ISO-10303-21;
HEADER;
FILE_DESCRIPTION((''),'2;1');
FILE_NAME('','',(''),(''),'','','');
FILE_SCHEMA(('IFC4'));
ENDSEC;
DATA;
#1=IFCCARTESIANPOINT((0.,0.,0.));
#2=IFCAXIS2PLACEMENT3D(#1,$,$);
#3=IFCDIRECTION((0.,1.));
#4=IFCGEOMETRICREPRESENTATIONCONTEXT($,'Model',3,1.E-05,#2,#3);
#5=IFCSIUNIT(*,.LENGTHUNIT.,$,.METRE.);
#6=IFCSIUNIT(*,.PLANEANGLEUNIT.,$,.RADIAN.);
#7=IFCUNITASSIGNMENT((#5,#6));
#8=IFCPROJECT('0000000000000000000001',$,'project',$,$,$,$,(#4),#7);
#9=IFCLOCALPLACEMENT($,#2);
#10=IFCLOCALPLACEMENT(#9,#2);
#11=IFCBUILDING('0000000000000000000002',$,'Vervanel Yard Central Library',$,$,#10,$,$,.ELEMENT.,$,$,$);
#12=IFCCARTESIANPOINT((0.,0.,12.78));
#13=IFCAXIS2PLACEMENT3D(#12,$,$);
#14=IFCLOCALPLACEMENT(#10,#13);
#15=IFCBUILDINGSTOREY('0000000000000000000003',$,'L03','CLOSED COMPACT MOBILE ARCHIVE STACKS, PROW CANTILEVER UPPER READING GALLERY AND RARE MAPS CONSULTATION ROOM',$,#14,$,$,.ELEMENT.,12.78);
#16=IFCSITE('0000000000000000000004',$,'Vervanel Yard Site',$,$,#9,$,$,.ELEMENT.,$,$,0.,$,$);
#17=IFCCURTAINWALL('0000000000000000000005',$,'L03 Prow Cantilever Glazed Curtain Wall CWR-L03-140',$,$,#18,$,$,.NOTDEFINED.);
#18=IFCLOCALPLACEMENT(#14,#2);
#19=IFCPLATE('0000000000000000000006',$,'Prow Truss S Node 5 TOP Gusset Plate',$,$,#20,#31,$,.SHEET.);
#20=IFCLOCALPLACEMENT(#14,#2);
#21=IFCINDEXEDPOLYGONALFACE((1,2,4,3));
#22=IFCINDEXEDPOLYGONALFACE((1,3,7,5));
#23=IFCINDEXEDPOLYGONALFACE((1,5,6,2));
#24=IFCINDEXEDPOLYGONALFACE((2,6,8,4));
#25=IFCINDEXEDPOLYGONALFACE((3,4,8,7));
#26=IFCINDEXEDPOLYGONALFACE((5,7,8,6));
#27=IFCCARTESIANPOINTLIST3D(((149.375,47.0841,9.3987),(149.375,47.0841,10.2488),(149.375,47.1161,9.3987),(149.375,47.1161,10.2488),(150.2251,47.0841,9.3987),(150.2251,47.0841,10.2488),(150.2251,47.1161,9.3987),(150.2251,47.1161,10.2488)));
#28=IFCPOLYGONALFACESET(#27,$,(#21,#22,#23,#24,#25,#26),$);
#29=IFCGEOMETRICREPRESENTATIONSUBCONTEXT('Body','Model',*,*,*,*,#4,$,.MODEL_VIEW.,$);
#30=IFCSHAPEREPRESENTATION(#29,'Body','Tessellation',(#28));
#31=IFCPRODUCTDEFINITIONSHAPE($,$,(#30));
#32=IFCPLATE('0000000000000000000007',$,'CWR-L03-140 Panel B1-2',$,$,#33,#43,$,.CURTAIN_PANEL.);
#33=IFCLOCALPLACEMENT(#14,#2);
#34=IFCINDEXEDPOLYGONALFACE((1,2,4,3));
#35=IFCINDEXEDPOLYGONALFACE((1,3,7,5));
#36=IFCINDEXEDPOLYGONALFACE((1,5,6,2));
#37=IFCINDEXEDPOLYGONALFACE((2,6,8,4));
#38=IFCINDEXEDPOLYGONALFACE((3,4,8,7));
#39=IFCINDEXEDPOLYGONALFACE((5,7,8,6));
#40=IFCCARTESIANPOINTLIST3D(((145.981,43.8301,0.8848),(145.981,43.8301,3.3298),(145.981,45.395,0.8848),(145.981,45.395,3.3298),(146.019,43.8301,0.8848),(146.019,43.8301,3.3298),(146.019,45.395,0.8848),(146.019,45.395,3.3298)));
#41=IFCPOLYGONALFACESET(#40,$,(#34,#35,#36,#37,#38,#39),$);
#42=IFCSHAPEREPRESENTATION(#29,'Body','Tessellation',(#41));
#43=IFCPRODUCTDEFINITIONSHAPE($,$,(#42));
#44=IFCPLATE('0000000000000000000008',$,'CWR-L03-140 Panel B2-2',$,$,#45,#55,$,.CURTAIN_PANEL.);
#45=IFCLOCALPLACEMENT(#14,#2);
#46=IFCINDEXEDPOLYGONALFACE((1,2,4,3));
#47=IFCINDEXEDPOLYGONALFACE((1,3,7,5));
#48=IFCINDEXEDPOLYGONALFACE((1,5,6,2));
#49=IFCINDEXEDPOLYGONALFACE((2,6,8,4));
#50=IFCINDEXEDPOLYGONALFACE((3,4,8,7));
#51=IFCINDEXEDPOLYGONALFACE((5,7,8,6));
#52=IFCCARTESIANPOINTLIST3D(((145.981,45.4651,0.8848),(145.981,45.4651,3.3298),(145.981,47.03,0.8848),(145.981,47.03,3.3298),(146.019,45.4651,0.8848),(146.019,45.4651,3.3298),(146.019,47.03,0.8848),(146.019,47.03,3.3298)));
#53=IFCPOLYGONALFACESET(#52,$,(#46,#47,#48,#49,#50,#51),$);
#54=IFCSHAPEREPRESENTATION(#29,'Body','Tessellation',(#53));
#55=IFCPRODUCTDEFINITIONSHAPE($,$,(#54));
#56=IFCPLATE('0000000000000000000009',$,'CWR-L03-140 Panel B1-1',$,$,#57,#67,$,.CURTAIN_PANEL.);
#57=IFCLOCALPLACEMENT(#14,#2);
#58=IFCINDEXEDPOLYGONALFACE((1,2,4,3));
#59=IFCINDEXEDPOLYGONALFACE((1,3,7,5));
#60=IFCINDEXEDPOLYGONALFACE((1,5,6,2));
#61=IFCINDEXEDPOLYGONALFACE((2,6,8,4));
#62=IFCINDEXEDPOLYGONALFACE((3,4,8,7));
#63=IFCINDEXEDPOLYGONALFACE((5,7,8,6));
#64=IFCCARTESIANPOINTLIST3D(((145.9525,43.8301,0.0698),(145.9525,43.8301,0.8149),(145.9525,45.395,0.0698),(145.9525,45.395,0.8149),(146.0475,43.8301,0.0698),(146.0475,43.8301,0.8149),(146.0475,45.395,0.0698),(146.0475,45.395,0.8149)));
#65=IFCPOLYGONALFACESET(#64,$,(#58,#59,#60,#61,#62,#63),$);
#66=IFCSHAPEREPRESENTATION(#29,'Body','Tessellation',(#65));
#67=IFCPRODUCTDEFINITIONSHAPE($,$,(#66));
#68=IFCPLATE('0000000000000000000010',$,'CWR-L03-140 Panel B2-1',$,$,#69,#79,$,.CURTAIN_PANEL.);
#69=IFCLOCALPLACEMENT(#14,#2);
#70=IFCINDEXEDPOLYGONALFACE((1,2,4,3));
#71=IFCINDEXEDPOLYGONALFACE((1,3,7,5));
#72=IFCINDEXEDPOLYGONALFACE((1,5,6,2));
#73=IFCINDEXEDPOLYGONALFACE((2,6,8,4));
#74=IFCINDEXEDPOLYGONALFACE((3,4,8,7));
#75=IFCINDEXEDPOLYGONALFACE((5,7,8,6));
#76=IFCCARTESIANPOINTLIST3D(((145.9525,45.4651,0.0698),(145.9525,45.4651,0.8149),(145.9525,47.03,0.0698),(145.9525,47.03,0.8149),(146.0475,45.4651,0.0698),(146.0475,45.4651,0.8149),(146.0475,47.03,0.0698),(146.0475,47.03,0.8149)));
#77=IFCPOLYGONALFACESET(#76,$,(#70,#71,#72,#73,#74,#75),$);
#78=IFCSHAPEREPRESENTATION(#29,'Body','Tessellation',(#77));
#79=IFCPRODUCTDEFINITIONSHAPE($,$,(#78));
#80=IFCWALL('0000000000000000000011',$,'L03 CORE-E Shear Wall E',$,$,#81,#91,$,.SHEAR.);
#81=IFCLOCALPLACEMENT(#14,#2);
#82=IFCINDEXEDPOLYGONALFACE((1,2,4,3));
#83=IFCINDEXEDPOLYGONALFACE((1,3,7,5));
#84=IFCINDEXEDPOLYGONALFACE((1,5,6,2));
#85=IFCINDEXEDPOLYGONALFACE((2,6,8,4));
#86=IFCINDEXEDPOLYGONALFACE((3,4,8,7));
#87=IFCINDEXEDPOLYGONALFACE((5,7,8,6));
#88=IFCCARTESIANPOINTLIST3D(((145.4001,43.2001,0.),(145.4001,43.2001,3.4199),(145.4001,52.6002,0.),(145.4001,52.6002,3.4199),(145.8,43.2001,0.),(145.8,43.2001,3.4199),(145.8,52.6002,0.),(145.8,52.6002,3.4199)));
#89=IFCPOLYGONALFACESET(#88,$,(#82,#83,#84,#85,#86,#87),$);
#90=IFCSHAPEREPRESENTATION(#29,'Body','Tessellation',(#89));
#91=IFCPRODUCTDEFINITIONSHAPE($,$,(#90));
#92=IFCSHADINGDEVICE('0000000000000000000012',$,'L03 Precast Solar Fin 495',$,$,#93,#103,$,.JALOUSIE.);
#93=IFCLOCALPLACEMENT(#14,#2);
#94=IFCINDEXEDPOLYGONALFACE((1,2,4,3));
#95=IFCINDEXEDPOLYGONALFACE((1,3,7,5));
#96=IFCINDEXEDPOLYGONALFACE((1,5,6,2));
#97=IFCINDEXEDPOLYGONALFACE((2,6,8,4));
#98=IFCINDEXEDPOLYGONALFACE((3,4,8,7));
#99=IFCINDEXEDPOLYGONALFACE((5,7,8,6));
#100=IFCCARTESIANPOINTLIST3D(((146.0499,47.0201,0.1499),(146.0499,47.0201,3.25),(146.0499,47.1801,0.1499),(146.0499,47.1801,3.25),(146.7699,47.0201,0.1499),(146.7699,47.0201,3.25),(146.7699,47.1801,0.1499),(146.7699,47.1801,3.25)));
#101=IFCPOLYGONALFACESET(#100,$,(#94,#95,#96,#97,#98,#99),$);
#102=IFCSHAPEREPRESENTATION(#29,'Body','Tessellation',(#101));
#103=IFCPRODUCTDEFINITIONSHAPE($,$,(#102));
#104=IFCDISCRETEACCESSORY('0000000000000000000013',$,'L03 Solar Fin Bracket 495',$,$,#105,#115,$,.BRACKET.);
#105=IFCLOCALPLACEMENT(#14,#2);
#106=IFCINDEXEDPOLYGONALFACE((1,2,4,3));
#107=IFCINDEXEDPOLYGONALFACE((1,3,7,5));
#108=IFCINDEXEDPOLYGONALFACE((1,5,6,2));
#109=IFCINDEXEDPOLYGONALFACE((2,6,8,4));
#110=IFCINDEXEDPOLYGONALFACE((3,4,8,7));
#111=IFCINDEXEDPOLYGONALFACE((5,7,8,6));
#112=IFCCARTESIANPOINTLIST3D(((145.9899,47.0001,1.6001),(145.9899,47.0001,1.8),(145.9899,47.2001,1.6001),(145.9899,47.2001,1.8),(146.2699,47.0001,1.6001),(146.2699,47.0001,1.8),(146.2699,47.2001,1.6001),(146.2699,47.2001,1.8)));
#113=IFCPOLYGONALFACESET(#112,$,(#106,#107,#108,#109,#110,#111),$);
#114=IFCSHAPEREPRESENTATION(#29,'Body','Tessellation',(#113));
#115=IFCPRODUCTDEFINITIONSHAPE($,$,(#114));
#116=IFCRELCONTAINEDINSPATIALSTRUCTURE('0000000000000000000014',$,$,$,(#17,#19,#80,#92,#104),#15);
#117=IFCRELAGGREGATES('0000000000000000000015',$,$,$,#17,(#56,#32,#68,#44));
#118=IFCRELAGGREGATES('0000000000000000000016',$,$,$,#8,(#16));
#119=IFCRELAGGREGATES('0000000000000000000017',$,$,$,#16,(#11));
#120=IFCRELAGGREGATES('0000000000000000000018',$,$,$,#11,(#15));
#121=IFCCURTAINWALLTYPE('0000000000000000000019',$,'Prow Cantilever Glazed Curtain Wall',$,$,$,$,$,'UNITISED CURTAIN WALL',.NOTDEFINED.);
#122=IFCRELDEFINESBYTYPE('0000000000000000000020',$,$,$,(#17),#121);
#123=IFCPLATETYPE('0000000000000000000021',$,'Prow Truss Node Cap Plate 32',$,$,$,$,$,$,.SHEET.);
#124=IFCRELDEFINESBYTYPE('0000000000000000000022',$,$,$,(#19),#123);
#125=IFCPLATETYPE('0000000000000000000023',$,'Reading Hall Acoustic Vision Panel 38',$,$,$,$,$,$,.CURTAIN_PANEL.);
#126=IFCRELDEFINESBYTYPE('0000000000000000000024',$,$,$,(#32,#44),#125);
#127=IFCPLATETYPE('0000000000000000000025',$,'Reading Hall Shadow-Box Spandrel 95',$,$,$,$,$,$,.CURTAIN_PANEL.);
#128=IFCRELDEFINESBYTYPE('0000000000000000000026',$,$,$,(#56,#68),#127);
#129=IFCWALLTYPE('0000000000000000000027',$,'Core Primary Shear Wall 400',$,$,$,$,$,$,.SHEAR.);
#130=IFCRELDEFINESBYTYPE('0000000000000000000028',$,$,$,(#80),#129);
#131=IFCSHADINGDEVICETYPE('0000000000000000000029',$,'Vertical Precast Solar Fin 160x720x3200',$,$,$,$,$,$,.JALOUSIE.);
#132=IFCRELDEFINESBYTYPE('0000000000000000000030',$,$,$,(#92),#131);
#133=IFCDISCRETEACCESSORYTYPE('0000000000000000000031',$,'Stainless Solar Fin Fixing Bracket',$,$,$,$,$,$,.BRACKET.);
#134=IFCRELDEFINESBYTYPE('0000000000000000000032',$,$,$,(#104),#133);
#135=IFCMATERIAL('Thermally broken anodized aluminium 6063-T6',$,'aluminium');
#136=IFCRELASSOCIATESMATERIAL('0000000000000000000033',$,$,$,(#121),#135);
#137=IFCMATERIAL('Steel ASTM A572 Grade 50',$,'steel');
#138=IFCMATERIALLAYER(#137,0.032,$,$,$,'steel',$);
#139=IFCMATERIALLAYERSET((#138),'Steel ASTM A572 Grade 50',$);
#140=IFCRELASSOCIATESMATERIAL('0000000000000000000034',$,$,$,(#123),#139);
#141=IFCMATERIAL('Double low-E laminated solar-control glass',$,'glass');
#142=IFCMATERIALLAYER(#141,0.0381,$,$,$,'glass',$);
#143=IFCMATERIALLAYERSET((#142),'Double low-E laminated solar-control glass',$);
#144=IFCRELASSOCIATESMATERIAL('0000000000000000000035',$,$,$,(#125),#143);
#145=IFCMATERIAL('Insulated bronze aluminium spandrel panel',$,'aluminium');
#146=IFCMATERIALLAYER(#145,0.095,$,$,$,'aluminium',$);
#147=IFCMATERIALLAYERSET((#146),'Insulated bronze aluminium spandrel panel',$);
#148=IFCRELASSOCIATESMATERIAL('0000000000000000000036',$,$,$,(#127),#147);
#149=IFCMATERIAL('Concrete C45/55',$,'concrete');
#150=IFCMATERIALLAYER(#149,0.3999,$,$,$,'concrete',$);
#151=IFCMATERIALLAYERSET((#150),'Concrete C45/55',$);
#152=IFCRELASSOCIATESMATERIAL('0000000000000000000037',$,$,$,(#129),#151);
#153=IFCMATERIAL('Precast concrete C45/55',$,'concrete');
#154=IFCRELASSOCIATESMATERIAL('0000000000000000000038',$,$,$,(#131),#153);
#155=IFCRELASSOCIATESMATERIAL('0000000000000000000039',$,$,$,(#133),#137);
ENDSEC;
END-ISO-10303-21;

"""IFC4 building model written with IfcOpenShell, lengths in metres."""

from ifc_helpers import new_model, si_unit, direction, frame, frame_2d, origin, origin_2d, place, context, subcontext, project, spatial, rectangle, extrude, material, layer, layer_set, type_object, element, aggregate, save


model = new_model("IFC4")

# Units and contexts
model_context = context("Model", 3, precision=1e-05, world=origin(), true_north=direction((0.0, 1.0)))
body_context = subcontext(model_context, "Body", "Model", "MODEL_VIEW")
ifc_project = project(units=[si_unit("LENGTHUNIT", "METRE"), si_unit("PLANEANGLEUNIT", "RADIAN")], contexts=[model_context])

# Site, building, storey
site_placement = place(None, origin())
site = spatial("IfcSite", under=ifc_project, at=site_placement, Name="Vervanel Yard Site", CompositionType="ELEMENT", RefElevation=0.0)
building_placement = place(site_placement, origin())
building = spatial("IfcBuilding", under=site, at=building_placement, Name="Vervanel Yard Central Library", CompositionType="ELEMENT")
storey_placement = place(building_placement, frame((0.0, 0.0, 12.78)))
storey = spatial("IfcBuildingStorey", under=building, at=storey_placement, Name="L03", Description="CLOSED COMPACT MOBILE ARCHIVE STACKS, PROW CANTILEVER UPPER READING GALLERY AND RARE MAPS CONSULTATION ROOM", CompositionType="ELEMENT", Elevation=12.78)

# Curtain wall
ifc_material_1 = material(Name="Thermally broken anodized aluminium 6063-T6", Category="aluminium")
curtain_wall_type = type_object("IfcCurtainWallType", Name="Prow Cantilever Glazed Curtain Wall", ElementType="UNITISED CURTAIN WALL", PredefinedType="NOTDEFINED", material=ifc_material_1)
curtain_wall_placement = place(storey_placement, origin())
curtain_wall = element("IfcCurtainWall", 1, at=curtain_wall_placement, inside=storey, type_object=curtain_wall_type, Name="L03 Prow Cantilever Glazed Curtain Wall CWR-L03-140", PredefinedType="NOTDEFINED")

# Plate
ifc_material_2 = material(Name="Steel ASTM A572 Grade 50", Category="steel")
ifc_layer_1 = layer(ifc_material_2, 0.032, Category="steel")
ifc_layer_set_1 = layer_set([ifc_layer_1], Name="Steel ASTM A572 Grade 50")
plate_type_1 = type_object("IfcPlateType", Name="Prow Truss Node Cap Plate 32", PredefinedType="SHEET", material=ifc_layer_set_1)
plate_1_placement = place(storey_placement, frame((149.8, 47.1001, 9.3987), z_axis=(0.0, 0.0, 1.0), x_axis=(1.0, 0.0, 0.0)))
element("IfcPlate", 2, at=plate_1_placement, inside=storey, type_object=plate_type_1, Name="Prow Truss S Node 5 TOP Gusset Plate", PredefinedType="SHEET", context=body_context, shape_type="SweptSolid", body=[
    extrude(rectangle(XDim=0.8501, YDim=0.032, at=origin_2d()), origin(), (0.0, 0.0, 1.0), 0.8501),
])

# Plates
ifc_material_3 = material(Name="Double low-E laminated solar-control glass", Category="glass")
ifc_layer_2 = layer(ifc_material_3, 0.0381, Category="glass")
ifc_layer_set_2 = layer_set([ifc_layer_2], Name="Double low-E laminated solar-control glass")
plate_type_2 = type_object("IfcPlateType", Name="Reading Hall Acoustic Vision Panel 38", PredefinedType="CURTAIN_PANEL", material=ifc_layer_set_2)
plate_2_placement = place(storey_placement, frame((146.0, 44.6125, 0.8848), z_axis=(0.0, 0.0, 1.0), x_axis=(0.0, 1.0, 0.0)))
plate_2 = element("IfcPlate", 3, at=plate_2_placement, type_object=plate_type_2, Name="CWR-L03-140 Panel B1-2", PredefinedType="CURTAIN_PANEL", context=body_context, shape_type="SweptSolid", body=[
    extrude(rectangle(XDim=1.5649, YDim=0.0381, at=origin_2d()), origin(), (0.0, 0.0, 1.0), 2.4451),
])
plate_3_placement = place(storey_placement, frame((146.0, 46.2476, 0.8848), z_axis=(0.0, 0.0, 1.0), x_axis=(0.0, 1.0, 0.0)))
plate_3 = element("IfcPlate", 4, at=plate_3_placement, type_object=plate_type_2, Name="CWR-L03-140 Panel B2-2", PredefinedType="CURTAIN_PANEL", context=body_context, shape_type="SweptSolid", body=[
    extrude(rectangle(XDim=1.5649, YDim=0.0381, at=origin_2d()), origin(), (0.0, 0.0, 1.0), 2.4451),
])
ifc_material_4 = material(Name="Insulated bronze aluminium spandrel panel", Category="aluminium")
ifc_layer_3 = layer(ifc_material_4, 0.095, Category="aluminium")
ifc_layer_set_3 = layer_set([ifc_layer_3], Name="Insulated bronze aluminium spandrel panel")
plate_type_3 = type_object("IfcPlateType", Name="Reading Hall Shadow-Box Spandrel 95", PredefinedType="CURTAIN_PANEL", material=ifc_layer_set_3)
plate_4_placement = place(storey_placement, frame((146.0, 44.6125, 0.0698), z_axis=(0.0, 0.0, 1.0), x_axis=(0.0, 1.0, 0.0)))
plate_4 = element("IfcPlate", 5, at=plate_4_placement, type_object=plate_type_3, Name="CWR-L03-140 Panel B1-1", PredefinedType="CURTAIN_PANEL", context=body_context, shape_type="SweptSolid", body=[
    extrude(rectangle(XDim=1.5649, YDim=0.095, at=origin_2d()), origin(), (0.0, 0.0, 1.0), 0.7451),
])
plate_5_placement = place(storey_placement, frame((146.0, 46.2476, 0.0698), z_axis=(0.0, 0.0, 1.0), x_axis=(0.0, 1.0, 0.0)))
plate_5 = element("IfcPlate", 6, at=plate_5_placement, type_object=plate_type_3, Name="CWR-L03-140 Panel B2-1", PredefinedType="CURTAIN_PANEL", context=body_context, shape_type="SweptSolid", body=[
    extrude(rectangle(XDim=1.5649, YDim=0.095, at=origin_2d()), origin(), (0.0, 0.0, 1.0), 0.7451),
])
aggregate(curtain_wall, [plate_4, plate_2, plate_5, plate_3])

# Wall
ifc_material_5 = material(Name="Concrete C45/55", Category="concrete")
ifc_layer_4 = layer(ifc_material_5, 0.3999, Category="concrete")
ifc_layer_set_4 = layer_set([ifc_layer_4], Name="Concrete C45/55")
wall_type = type_object("IfcWallType", Name="Core Primary Shear Wall 400", PredefinedType="SHEAR", material=ifc_layer_set_4)
wall_placement = place(storey_placement, frame((145.6001, 43.2, 0.0), z_axis=(0.0, 0.0, 1.0), x_axis=(0.0, 1.0, 0.0)))
element("IfcWall", 7, at=wall_placement, inside=storey, type_object=wall_type, Name="L03 CORE-E Shear Wall E", PredefinedType="SHEAR", context=body_context, shape_type="SweptSolid", body=[
    extrude(rectangle(XDim=9.4001, YDim=0.3999, at=frame_2d((4.7002, 0.0))), origin(), (0.0, 0.0, 1.0), 3.4199),
])

# Shading device
ifc_material_6 = material(Name="Precast concrete C45/55", Category="concrete")
shading_device_type = type_object("IfcShadingDeviceType", Name="Vertical Precast Solar Fin 160x720x3200", PredefinedType="JALOUSIE", material=ifc_material_6)
shading_device_placement = place(storey_placement, frame((146.4099, 47.1001, 0.1499), z_axis=(0.0, 0.0, 1.0), x_axis=(0.0, 1.0, 0.0)))
element("IfcShadingDevice", 8, at=shading_device_placement, inside=storey, type_object=shading_device_type, Name="L03 Precast Solar Fin 495", PredefinedType="JALOUSIE", context=body_context, shape_type="SweptSolid", body=[
    extrude(rectangle(XDim=0.1599, YDim=0.72, at=origin_2d()), origin(), (0.0, 0.0, 1.0), 3.1001),
])

# Discrete accessory
discrete_accessory_type = type_object("IfcDiscreteAccessoryType", Name="Stainless Solar Fin Fixing Bracket", PredefinedType="BRACKET", material=ifc_material_2)
discrete_accessory_placement = place(storey_placement, frame((146.1299, 47.1001, 1.6001), z_axis=(0.0, 0.0, 1.0), x_axis=(0.0, 1.0, 0.0)))
element("IfcDiscreteAccessory", 9, at=discrete_accessory_placement, inside=storey, type_object=discrete_accessory_type, Name="L03 Solar Fin Bracket 495", PredefinedType="BRACKET", context=body_context, shape_type="SweptSolid", body=[
    extrude(rectangle(XDim=0.2, YDim=0.28, at=origin_2d()), origin(), (0.0, 0.0, 1.0), 0.2),
])

save(model, "model.ifc")
